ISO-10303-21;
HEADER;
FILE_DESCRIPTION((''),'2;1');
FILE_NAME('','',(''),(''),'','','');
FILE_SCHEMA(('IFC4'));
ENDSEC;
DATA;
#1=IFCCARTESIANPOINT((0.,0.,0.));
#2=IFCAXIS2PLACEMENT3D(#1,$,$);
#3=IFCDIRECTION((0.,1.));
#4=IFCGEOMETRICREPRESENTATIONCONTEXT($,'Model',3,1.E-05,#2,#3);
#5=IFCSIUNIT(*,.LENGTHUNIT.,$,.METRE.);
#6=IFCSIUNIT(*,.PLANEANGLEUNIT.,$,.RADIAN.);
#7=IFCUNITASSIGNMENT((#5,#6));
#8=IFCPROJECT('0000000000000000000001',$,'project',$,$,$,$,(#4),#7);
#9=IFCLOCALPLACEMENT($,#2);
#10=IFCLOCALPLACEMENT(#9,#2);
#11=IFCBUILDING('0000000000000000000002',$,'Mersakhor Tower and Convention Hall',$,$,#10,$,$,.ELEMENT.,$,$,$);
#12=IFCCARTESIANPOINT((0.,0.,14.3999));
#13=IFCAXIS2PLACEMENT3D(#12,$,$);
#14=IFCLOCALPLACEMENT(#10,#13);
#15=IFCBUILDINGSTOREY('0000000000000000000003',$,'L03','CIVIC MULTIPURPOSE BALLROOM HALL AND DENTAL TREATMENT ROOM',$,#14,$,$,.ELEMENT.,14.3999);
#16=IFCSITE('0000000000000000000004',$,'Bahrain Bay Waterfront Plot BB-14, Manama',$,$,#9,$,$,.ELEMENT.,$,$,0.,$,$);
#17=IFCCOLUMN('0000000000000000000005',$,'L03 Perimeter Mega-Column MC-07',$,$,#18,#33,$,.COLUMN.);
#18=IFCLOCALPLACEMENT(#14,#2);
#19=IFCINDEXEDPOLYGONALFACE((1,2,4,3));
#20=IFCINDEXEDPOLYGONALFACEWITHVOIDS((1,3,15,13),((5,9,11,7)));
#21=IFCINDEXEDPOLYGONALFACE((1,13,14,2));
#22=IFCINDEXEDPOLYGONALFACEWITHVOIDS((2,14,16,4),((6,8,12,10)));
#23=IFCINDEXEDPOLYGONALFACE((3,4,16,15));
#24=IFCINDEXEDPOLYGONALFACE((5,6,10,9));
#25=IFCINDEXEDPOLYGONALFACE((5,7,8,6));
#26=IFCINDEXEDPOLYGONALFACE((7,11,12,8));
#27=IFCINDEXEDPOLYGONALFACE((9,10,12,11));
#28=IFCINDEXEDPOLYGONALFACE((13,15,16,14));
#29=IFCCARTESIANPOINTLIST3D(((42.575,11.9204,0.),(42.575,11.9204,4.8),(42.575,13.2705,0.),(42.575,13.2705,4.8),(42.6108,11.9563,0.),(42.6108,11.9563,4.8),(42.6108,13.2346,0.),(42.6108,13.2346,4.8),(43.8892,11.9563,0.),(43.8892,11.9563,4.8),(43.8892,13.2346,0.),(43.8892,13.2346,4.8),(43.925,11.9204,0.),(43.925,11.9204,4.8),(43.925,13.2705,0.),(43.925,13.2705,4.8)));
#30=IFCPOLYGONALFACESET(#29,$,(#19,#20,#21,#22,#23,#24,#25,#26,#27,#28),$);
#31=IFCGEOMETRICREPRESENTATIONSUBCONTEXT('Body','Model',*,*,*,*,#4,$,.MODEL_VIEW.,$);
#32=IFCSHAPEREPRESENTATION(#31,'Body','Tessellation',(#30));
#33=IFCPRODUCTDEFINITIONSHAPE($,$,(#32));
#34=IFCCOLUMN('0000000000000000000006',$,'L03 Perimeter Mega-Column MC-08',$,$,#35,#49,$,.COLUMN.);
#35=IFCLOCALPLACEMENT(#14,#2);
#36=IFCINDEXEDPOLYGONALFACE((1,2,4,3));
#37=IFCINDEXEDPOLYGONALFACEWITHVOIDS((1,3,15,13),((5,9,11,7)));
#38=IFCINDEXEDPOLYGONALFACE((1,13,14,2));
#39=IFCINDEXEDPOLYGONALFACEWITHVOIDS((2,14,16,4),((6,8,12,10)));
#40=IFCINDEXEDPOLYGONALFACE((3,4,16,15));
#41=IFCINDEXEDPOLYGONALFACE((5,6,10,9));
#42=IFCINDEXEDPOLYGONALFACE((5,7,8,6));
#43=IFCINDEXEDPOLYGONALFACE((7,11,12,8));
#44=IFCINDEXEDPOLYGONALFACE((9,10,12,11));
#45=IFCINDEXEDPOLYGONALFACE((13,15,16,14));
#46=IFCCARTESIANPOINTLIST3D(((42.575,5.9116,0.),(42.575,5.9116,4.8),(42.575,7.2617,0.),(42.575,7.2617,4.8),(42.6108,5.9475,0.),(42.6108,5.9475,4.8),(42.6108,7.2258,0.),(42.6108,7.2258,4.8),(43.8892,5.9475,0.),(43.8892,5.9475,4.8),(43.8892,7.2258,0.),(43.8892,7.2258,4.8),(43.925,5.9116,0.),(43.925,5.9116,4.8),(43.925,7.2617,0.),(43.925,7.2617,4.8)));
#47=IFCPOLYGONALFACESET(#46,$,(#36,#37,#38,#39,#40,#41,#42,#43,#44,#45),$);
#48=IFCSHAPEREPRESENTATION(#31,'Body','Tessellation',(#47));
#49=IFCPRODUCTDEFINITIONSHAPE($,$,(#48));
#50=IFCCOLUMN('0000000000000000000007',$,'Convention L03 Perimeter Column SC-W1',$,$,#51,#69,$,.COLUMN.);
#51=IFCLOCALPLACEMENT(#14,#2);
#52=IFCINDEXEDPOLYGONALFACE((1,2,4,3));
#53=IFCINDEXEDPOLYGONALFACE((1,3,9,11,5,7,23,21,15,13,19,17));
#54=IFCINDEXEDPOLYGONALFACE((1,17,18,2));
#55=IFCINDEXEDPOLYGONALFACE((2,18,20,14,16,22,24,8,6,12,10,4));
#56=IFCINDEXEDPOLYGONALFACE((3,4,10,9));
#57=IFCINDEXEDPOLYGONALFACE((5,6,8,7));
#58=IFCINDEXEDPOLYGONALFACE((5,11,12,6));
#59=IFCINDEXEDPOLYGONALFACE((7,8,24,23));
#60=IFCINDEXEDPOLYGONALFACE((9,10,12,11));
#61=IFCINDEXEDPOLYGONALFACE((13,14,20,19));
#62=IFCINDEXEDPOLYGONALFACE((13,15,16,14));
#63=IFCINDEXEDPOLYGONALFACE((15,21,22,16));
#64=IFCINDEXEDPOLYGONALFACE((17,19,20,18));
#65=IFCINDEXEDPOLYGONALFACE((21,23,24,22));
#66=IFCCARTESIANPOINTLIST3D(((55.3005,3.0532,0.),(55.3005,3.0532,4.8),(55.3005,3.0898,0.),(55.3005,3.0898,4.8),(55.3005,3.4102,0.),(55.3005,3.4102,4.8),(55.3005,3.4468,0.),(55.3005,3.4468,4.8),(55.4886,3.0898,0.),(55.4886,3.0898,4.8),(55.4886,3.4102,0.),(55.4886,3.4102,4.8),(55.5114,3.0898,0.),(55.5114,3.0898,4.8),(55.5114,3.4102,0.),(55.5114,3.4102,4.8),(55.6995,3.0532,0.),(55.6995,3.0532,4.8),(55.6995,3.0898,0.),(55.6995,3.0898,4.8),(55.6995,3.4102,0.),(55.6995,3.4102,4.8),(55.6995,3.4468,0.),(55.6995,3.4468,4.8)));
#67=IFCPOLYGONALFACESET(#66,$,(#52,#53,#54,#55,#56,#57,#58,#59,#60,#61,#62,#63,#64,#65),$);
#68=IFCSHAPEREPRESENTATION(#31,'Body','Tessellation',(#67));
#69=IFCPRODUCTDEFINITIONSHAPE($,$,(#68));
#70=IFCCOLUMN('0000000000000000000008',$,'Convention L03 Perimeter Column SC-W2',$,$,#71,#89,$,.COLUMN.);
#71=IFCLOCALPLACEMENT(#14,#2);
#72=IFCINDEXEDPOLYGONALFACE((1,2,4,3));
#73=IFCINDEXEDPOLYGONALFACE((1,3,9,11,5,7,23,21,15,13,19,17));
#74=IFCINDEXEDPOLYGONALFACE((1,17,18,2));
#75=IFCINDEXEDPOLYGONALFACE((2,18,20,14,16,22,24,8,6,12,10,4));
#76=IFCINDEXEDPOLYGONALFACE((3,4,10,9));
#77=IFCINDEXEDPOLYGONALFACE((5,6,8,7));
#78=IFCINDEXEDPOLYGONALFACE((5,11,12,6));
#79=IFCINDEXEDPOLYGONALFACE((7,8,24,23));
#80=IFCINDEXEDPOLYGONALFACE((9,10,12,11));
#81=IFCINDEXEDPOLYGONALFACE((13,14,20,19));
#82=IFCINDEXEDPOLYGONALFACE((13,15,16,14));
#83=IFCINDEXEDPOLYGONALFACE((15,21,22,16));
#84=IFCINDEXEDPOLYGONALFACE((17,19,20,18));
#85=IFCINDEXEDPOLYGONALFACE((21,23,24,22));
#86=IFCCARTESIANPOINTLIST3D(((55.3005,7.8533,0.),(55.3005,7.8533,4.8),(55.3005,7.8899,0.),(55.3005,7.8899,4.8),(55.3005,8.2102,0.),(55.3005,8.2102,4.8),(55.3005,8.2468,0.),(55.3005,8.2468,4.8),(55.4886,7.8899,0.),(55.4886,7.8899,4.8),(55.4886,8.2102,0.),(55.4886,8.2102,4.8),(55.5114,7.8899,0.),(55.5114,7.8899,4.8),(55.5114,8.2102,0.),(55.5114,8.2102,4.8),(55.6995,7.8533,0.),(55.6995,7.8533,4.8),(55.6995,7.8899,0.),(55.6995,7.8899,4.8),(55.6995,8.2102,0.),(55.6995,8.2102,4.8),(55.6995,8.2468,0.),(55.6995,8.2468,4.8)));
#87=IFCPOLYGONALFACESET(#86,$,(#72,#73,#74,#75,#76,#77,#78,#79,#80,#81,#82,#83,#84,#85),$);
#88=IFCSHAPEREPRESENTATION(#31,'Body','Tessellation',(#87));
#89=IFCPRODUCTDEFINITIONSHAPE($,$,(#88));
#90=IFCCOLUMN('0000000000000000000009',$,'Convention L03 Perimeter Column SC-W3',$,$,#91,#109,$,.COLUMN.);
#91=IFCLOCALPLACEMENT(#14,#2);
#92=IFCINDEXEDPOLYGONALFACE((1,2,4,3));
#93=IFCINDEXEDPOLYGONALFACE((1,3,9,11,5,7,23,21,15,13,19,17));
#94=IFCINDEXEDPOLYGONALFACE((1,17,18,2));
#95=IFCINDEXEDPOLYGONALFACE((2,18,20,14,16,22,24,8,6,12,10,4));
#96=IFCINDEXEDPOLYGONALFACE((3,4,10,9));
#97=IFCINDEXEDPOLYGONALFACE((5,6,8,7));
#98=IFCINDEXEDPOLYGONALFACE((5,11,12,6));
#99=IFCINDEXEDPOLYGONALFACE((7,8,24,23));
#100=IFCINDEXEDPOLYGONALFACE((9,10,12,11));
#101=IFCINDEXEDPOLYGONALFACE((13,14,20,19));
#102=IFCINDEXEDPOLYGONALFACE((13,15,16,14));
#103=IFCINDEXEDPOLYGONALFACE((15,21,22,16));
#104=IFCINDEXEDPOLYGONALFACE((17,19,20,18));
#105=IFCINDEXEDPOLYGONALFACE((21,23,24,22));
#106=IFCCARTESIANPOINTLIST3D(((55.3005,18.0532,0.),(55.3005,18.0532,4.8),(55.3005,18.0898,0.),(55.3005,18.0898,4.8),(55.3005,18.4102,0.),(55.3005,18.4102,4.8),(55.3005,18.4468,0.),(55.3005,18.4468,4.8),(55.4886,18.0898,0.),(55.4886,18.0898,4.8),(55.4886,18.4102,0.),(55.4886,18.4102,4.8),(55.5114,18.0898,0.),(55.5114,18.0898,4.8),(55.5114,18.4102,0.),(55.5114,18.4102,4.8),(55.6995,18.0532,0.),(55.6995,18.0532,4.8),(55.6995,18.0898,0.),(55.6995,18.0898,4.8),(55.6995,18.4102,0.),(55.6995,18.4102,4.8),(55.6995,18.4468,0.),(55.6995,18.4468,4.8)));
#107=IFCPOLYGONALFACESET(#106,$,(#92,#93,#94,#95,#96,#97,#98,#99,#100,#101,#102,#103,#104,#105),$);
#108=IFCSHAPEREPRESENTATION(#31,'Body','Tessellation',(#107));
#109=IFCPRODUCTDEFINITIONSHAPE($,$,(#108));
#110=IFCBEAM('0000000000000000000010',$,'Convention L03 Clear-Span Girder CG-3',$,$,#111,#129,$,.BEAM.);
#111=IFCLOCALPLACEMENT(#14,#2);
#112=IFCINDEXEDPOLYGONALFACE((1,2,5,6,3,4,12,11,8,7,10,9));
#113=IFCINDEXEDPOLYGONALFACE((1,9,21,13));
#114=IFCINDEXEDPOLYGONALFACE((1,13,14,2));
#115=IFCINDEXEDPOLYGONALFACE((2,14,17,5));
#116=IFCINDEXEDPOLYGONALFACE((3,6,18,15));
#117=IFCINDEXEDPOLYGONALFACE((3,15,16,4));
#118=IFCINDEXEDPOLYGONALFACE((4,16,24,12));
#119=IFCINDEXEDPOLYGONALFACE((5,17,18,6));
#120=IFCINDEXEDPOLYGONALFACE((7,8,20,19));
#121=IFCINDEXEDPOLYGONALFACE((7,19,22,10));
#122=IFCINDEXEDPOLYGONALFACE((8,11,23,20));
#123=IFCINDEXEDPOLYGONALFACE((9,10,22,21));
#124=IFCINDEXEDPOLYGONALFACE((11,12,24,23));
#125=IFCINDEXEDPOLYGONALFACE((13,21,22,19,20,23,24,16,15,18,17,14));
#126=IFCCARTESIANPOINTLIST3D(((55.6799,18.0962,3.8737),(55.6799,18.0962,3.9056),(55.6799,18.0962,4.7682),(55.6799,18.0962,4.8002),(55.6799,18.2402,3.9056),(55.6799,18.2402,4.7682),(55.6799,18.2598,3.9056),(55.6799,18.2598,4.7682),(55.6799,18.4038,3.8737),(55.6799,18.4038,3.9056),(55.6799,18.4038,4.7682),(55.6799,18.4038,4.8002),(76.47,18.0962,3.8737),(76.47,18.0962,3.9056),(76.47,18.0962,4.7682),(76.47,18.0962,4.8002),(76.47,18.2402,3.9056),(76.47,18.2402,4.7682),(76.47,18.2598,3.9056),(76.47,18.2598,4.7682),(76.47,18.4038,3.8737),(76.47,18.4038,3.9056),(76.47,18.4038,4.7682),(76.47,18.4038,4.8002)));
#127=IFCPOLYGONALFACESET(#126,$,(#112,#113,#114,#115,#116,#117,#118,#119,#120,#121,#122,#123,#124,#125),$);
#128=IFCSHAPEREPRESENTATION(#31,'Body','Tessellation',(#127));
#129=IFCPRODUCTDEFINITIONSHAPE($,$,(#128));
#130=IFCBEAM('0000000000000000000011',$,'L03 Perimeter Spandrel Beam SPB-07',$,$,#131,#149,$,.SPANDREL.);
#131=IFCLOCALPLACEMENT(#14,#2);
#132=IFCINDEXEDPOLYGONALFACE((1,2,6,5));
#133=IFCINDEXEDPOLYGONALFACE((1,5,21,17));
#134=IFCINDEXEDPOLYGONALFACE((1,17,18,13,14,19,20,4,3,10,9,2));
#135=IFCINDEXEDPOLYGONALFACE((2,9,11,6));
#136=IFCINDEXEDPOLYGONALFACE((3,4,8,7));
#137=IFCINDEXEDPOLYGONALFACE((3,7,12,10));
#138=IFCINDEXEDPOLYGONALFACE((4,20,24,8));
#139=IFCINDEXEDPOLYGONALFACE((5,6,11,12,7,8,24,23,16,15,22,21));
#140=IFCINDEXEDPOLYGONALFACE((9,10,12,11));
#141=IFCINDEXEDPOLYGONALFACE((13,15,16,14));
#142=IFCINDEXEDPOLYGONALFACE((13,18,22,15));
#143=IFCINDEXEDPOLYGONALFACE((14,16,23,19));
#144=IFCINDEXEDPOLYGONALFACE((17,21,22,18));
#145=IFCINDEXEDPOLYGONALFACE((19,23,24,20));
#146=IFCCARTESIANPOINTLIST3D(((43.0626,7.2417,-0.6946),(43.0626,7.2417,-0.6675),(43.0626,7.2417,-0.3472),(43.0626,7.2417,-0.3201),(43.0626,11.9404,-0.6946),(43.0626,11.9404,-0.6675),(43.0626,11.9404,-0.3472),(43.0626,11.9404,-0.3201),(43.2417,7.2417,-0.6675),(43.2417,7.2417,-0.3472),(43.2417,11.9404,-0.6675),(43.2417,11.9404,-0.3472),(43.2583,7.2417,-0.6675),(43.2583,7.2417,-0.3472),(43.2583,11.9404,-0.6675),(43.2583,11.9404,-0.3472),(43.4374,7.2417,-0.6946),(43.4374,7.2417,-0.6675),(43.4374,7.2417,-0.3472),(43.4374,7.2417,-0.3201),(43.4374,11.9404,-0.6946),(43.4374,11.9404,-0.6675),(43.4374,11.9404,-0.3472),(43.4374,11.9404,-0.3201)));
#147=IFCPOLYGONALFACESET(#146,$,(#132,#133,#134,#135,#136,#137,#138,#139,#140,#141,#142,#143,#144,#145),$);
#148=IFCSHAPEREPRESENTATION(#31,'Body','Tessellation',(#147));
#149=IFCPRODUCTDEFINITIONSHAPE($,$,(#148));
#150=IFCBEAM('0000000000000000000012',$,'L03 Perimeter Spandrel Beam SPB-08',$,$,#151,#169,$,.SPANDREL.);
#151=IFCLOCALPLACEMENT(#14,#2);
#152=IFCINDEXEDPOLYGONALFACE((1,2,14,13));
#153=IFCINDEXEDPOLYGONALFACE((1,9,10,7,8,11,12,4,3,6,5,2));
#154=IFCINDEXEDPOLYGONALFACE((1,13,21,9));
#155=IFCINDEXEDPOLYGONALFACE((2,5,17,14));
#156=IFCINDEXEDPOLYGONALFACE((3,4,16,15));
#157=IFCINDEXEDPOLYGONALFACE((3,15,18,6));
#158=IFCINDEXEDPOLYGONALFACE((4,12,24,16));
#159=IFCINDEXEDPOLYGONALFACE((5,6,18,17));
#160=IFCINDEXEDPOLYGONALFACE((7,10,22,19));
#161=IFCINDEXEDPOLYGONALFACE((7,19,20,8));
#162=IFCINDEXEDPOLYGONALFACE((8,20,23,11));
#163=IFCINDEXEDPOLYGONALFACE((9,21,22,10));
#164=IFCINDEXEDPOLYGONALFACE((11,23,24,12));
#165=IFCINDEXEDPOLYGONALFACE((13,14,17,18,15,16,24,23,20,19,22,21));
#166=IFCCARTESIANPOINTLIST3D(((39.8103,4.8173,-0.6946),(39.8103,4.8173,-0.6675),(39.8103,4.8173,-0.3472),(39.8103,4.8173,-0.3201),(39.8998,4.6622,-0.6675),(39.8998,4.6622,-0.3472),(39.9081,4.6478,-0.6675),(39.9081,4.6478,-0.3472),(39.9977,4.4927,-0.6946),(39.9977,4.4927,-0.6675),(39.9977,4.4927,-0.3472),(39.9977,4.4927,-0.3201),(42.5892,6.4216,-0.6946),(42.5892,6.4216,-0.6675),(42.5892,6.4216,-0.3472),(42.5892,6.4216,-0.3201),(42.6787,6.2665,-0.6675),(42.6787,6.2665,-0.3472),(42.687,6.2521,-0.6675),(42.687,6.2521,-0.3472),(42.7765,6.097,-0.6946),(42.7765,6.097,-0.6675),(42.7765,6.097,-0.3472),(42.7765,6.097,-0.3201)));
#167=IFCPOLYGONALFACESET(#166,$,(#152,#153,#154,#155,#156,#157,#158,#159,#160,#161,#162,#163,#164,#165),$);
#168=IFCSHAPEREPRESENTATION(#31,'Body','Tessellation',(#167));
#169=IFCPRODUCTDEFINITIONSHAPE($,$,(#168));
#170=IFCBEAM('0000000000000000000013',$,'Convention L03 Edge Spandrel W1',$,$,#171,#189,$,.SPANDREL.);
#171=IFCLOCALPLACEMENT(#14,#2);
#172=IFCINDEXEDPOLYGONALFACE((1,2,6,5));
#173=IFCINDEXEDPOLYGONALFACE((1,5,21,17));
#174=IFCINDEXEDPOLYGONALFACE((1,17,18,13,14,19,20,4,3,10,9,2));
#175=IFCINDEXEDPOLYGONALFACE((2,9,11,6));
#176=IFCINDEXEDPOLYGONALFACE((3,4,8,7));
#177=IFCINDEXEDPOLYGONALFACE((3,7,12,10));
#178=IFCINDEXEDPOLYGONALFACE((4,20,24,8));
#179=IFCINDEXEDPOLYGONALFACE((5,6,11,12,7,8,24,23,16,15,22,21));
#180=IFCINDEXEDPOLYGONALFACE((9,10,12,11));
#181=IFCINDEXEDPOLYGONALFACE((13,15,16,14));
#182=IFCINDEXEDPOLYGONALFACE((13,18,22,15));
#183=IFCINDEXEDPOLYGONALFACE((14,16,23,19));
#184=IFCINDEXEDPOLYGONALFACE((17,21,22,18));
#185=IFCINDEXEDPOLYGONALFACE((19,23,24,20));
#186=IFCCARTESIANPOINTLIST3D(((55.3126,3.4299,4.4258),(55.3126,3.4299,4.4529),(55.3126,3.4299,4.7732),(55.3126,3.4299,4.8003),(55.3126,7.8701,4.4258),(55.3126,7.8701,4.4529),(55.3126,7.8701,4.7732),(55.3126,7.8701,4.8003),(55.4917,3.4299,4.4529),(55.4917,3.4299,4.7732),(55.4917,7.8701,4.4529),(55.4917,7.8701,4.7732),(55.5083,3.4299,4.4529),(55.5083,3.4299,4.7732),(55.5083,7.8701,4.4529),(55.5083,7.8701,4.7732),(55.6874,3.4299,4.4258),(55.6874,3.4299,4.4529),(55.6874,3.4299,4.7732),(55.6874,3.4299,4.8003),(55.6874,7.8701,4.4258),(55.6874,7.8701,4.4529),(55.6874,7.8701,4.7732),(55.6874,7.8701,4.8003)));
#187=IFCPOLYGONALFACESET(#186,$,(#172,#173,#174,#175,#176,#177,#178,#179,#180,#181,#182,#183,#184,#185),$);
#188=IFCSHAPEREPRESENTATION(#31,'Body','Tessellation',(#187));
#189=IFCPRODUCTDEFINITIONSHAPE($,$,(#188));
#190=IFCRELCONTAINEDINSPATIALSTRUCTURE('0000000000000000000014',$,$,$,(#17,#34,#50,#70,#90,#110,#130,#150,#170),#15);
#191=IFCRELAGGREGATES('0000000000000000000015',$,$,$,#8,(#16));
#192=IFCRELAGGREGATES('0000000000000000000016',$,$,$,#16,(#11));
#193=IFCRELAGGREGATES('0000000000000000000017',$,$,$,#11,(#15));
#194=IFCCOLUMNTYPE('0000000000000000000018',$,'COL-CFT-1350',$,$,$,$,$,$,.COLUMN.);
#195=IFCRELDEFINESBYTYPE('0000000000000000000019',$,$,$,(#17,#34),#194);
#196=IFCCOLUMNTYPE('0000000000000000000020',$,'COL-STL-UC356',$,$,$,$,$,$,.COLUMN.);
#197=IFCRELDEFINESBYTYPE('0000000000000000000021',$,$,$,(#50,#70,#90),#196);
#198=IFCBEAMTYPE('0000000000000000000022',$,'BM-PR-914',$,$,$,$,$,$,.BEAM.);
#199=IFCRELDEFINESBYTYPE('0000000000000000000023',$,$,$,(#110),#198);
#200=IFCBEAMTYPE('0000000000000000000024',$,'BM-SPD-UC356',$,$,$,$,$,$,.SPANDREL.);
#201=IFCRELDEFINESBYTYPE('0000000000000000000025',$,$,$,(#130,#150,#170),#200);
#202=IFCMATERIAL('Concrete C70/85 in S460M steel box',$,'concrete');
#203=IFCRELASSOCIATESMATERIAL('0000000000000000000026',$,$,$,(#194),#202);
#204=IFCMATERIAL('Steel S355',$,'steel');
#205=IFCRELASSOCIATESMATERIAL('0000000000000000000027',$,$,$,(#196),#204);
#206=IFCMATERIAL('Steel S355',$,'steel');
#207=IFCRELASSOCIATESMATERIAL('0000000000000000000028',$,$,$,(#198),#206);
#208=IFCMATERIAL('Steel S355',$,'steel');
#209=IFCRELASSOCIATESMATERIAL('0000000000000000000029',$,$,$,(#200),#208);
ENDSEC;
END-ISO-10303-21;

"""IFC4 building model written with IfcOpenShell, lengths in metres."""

from ifc_helpers import new_model, si_unit, direction, frame, origin, origin_2d, place, context, subcontext, project, spatial, hollow_rectangle, i_section, extrude, material, material_profile, profile_set, type_object, element, save


model = new_model("IFC4")

# Units and contexts
model_context = context("Model", 3, precision=1e-05, world=origin(), true_north=direction((0.0, 1.0)))
body_context = subcontext(model_context, "Body", "Model", "MODEL_VIEW")
ifc_project = project(units=[si_unit("LENGTHUNIT", "METRE"), si_unit("PLANEANGLEUNIT", "RADIAN")], contexts=[model_context])

# Site, building, storey
site_placement = place(None, origin())
site = spatial("IfcSite", under=ifc_project, at=site_placement, Name="Bahrain Bay Waterfront Plot BB-14, Manama", CompositionType="ELEMENT", RefElevation=0.0)
building_placement = place(site_placement, origin())
building = spatial("IfcBuilding", under=site, at=building_placement, Name="Mersakhor Tower and Convention Hall", CompositionType="ELEMENT")
storey_placement = place(building_placement, frame((0.0, 0.0, 14.3999)))
storey = spatial("IfcBuildingStorey", under=building, at=storey_placement, Name="L03", Description="CIVIC MULTIPURPOSE BALLROOM HALL AND DENTAL TREATMENT ROOM", CompositionType="ELEMENT", Elevation=14.3999)

# Columns
ifc_material_1 = material(Name="Concrete C70/85 in S460M steel box", Category="concrete")
ifc_material_profile_1 = material_profile(ifc_material_1, hollow_rectangle(XDim=1.3501, YDim=1.3501, WallThickness=0.0359, at=origin_2d()), Name="SHS 1350x1350x36")
ifc_profile_set_1 = profile_set([ifc_material_profile_1], Name="Concrete C70/85 in S460M steel box")
column_type_1 = type_object("IfcColumnType", Name="COL-CFT-1350", PredefinedType="COLUMN", material=ifc_profile_set_1)
for number, where, z_axis, x_axis, name in (
    (1, (43.25, 12.5955, 0.0), (0.0, 0.0, 1.0), (1.0, 0.0, 0.0), "L03 Perimeter Mega-Column MC-07"),
    (2, (43.25, 6.5867, 0.0), (0.0, 0.0, 1.0), (1.0, 0.0, 0.0), "L03 Perimeter Mega-Column MC-08"),
):
    element("IfcColumn", number, at=place(storey_placement, frame(where, z_axis=z_axis, x_axis=x_axis)), inside=storey, type_object=column_type_1, Name=name, PredefinedType="COLUMN", context=body_context, shape_type="SweptSolid", body=[
        extrude(hollow_rectangle(XDim=1.3501, YDim=1.3501, WallThickness=0.0359, at=origin_2d()), origin(), (0.0, 0.0, 1.0), 4.8),
    ])
ifc_material_2 = material(Name="Steel S355", Category="steel")
ifc_material_profile_2 = material_profile(ifc_material_2, i_section(OverallWidth=0.3989, OverallDepth=0.3936, WebThickness=0.0227, FlangeThickness=0.0366, at=origin_2d()), Name="UC 356x406x287")
ifc_profile_set_2 = profile_set([ifc_material_profile_2], Name="Steel S355")
column_type_2 = type_object("IfcColumnType", Name="COL-STL-UC356", PredefinedType="COLUMN", material=ifc_profile_set_2)
for number, where, z_axis, x_axis, name in (
    (3, (55.5, 3.25, 0.0), (0.0, 0.0, 1.0), (1.0, 0.0, 0.0), "Convention L03 Perimeter Column SC-W1"),
    (4, (55.5, 8.05, 0.0), (0.0, 0.0, 1.0), (1.0, 0.0, 0.0), "Convention L03 Perimeter Column SC-W2"),
    (5, (55.5, 18.25, 0.0), (0.0, 0.0, 1.0), (1.0, 0.0, 0.0), "Convention L03 Perimeter Column SC-W3"),
):
    element("IfcColumn", number, at=place(storey_placement, frame(where, z_axis=z_axis, x_axis=x_axis)), inside=storey, type_object=column_type_2, Name=name, PredefinedType="COLUMN", context=body_context, shape_type="SweptSolid", body=[
        extrude(i_section(OverallWidth=0.3989, OverallDepth=0.3936, WebThickness=0.0227, FlangeThickness=0.0366, at=origin_2d()), origin(), (0.0, 0.0, 1.0), 4.8),
    ])

# Beams
ifc_material_3 = material(Name="Steel S355", Category="steel")
ifc_material_profile_3 = material_profile(ifc_material_3, i_section(OverallWidth=0.3076, OverallDepth=0.9265, WebThickness=0.0195, FlangeThickness=0.032, at=origin_2d()), Name="UB 914x305x289")
ifc_profile_set_3 = profile_set([ifc_material_profile_3], Name="Steel S355")
beam_type_1 = type_object("IfcBeamType", Name="BM-PR-914", PredefinedType="BEAM", material=ifc_profile_set_3)
beam_1_placement = place(storey_placement, frame((55.6799, 18.25, 4.3369), z_axis=(1.0, 0.0, 0.0), x_axis=(0.0, 1.0, 0.0)))
element("IfcBeam", 6, at=beam_1_placement, inside=storey, type_object=beam_type_1, Name="Convention L03 Clear-Span Girder CG-3", PredefinedType="BEAM", context=body_context, shape_type="SweptSolid", body=[
    extrude(i_section(OverallWidth=0.3076, OverallDepth=0.9265, WebThickness=0.0195, FlangeThickness=0.032, at=origin_2d()), origin(), (0.0, 0.0, 1.0), 20.79),
])
ifc_material_4 = material(Name="Steel S355", Category="steel")
ifc_material_profile_4 = material_profile(ifc_material_4, i_section(OverallWidth=0.3748, OverallDepth=0.3745, WebThickness=0.0166, FlangeThickness=0.0271, at=origin_2d()), Name="UC 356x368x202")
ifc_profile_set_4 = profile_set([ifc_material_profile_4], Name="Steel S355")
beam_type_2 = type_object("IfcBeamType", Name="BM-SPD-UC356", PredefinedType="SPANDREL", material=ifc_profile_set_4)
beam_2_placement = place(storey_placement, frame((43.25, 11.9404, -0.5073), z_axis=(0.0, -1.0, 0.0), x_axis=(1.0, 0.0, 0.0)))
element("IfcBeam", 7, at=beam_2_placement, inside=storey, type_object=beam_type_2, Name="L03 Perimeter Spandrel Beam SPB-07", PredefinedType="SPANDREL", context=body_context, shape_type="SweptSolid", body=[
    extrude(i_section(OverallWidth=0.3748, OverallDepth=0.3745, WebThickness=0.0166, FlangeThickness=0.0271, at=origin_2d()), origin(), (0.0, 0.0, 1.0), 4.6987),
])
beam_3_placement = place(storey_placement, frame((42.6829, 6.2593, -0.5073), z_axis=(-0.866039, -0.499977, 0.0), x_axis=(0.499977, -0.866039, 0.0)))
element("IfcBeam", 8, at=beam_3_placement, inside=storey, type_object=beam_type_2, Name="L03 Perimeter Spandrel Beam SPB-08", PredefinedType="SPANDREL", context=body_context, shape_type="SweptSolid", body=[
    extrude(i_section(OverallWidth=0.3748, OverallDepth=0.3745, WebThickness=0.0166, FlangeThickness=0.0271, at=origin_2d()), origin(), (0.0, 0.0, 1.0), 3.2087),
])
beam_4_placement = place(storey_placement, frame((55.5, 3.4299, 4.613), z_axis=(0.0, 1.0, 0.0), x_axis=(-1.0, 0.0, 0.0)))
element("IfcBeam", 9, at=beam_4_placement, inside=storey, type_object=beam_type_2, Name="Convention L03 Edge Spandrel W1", PredefinedType="SPANDREL", context=body_context, shape_type="SweptSolid", body=[
    extrude(i_section(OverallWidth=0.3748, OverallDepth=0.3745, WebThickness=0.0166, FlangeThickness=0.0271, at=origin_2d()), origin(), (0.0, 0.0, 1.0), 4.4402),
])

save(model, "model.ifc")
